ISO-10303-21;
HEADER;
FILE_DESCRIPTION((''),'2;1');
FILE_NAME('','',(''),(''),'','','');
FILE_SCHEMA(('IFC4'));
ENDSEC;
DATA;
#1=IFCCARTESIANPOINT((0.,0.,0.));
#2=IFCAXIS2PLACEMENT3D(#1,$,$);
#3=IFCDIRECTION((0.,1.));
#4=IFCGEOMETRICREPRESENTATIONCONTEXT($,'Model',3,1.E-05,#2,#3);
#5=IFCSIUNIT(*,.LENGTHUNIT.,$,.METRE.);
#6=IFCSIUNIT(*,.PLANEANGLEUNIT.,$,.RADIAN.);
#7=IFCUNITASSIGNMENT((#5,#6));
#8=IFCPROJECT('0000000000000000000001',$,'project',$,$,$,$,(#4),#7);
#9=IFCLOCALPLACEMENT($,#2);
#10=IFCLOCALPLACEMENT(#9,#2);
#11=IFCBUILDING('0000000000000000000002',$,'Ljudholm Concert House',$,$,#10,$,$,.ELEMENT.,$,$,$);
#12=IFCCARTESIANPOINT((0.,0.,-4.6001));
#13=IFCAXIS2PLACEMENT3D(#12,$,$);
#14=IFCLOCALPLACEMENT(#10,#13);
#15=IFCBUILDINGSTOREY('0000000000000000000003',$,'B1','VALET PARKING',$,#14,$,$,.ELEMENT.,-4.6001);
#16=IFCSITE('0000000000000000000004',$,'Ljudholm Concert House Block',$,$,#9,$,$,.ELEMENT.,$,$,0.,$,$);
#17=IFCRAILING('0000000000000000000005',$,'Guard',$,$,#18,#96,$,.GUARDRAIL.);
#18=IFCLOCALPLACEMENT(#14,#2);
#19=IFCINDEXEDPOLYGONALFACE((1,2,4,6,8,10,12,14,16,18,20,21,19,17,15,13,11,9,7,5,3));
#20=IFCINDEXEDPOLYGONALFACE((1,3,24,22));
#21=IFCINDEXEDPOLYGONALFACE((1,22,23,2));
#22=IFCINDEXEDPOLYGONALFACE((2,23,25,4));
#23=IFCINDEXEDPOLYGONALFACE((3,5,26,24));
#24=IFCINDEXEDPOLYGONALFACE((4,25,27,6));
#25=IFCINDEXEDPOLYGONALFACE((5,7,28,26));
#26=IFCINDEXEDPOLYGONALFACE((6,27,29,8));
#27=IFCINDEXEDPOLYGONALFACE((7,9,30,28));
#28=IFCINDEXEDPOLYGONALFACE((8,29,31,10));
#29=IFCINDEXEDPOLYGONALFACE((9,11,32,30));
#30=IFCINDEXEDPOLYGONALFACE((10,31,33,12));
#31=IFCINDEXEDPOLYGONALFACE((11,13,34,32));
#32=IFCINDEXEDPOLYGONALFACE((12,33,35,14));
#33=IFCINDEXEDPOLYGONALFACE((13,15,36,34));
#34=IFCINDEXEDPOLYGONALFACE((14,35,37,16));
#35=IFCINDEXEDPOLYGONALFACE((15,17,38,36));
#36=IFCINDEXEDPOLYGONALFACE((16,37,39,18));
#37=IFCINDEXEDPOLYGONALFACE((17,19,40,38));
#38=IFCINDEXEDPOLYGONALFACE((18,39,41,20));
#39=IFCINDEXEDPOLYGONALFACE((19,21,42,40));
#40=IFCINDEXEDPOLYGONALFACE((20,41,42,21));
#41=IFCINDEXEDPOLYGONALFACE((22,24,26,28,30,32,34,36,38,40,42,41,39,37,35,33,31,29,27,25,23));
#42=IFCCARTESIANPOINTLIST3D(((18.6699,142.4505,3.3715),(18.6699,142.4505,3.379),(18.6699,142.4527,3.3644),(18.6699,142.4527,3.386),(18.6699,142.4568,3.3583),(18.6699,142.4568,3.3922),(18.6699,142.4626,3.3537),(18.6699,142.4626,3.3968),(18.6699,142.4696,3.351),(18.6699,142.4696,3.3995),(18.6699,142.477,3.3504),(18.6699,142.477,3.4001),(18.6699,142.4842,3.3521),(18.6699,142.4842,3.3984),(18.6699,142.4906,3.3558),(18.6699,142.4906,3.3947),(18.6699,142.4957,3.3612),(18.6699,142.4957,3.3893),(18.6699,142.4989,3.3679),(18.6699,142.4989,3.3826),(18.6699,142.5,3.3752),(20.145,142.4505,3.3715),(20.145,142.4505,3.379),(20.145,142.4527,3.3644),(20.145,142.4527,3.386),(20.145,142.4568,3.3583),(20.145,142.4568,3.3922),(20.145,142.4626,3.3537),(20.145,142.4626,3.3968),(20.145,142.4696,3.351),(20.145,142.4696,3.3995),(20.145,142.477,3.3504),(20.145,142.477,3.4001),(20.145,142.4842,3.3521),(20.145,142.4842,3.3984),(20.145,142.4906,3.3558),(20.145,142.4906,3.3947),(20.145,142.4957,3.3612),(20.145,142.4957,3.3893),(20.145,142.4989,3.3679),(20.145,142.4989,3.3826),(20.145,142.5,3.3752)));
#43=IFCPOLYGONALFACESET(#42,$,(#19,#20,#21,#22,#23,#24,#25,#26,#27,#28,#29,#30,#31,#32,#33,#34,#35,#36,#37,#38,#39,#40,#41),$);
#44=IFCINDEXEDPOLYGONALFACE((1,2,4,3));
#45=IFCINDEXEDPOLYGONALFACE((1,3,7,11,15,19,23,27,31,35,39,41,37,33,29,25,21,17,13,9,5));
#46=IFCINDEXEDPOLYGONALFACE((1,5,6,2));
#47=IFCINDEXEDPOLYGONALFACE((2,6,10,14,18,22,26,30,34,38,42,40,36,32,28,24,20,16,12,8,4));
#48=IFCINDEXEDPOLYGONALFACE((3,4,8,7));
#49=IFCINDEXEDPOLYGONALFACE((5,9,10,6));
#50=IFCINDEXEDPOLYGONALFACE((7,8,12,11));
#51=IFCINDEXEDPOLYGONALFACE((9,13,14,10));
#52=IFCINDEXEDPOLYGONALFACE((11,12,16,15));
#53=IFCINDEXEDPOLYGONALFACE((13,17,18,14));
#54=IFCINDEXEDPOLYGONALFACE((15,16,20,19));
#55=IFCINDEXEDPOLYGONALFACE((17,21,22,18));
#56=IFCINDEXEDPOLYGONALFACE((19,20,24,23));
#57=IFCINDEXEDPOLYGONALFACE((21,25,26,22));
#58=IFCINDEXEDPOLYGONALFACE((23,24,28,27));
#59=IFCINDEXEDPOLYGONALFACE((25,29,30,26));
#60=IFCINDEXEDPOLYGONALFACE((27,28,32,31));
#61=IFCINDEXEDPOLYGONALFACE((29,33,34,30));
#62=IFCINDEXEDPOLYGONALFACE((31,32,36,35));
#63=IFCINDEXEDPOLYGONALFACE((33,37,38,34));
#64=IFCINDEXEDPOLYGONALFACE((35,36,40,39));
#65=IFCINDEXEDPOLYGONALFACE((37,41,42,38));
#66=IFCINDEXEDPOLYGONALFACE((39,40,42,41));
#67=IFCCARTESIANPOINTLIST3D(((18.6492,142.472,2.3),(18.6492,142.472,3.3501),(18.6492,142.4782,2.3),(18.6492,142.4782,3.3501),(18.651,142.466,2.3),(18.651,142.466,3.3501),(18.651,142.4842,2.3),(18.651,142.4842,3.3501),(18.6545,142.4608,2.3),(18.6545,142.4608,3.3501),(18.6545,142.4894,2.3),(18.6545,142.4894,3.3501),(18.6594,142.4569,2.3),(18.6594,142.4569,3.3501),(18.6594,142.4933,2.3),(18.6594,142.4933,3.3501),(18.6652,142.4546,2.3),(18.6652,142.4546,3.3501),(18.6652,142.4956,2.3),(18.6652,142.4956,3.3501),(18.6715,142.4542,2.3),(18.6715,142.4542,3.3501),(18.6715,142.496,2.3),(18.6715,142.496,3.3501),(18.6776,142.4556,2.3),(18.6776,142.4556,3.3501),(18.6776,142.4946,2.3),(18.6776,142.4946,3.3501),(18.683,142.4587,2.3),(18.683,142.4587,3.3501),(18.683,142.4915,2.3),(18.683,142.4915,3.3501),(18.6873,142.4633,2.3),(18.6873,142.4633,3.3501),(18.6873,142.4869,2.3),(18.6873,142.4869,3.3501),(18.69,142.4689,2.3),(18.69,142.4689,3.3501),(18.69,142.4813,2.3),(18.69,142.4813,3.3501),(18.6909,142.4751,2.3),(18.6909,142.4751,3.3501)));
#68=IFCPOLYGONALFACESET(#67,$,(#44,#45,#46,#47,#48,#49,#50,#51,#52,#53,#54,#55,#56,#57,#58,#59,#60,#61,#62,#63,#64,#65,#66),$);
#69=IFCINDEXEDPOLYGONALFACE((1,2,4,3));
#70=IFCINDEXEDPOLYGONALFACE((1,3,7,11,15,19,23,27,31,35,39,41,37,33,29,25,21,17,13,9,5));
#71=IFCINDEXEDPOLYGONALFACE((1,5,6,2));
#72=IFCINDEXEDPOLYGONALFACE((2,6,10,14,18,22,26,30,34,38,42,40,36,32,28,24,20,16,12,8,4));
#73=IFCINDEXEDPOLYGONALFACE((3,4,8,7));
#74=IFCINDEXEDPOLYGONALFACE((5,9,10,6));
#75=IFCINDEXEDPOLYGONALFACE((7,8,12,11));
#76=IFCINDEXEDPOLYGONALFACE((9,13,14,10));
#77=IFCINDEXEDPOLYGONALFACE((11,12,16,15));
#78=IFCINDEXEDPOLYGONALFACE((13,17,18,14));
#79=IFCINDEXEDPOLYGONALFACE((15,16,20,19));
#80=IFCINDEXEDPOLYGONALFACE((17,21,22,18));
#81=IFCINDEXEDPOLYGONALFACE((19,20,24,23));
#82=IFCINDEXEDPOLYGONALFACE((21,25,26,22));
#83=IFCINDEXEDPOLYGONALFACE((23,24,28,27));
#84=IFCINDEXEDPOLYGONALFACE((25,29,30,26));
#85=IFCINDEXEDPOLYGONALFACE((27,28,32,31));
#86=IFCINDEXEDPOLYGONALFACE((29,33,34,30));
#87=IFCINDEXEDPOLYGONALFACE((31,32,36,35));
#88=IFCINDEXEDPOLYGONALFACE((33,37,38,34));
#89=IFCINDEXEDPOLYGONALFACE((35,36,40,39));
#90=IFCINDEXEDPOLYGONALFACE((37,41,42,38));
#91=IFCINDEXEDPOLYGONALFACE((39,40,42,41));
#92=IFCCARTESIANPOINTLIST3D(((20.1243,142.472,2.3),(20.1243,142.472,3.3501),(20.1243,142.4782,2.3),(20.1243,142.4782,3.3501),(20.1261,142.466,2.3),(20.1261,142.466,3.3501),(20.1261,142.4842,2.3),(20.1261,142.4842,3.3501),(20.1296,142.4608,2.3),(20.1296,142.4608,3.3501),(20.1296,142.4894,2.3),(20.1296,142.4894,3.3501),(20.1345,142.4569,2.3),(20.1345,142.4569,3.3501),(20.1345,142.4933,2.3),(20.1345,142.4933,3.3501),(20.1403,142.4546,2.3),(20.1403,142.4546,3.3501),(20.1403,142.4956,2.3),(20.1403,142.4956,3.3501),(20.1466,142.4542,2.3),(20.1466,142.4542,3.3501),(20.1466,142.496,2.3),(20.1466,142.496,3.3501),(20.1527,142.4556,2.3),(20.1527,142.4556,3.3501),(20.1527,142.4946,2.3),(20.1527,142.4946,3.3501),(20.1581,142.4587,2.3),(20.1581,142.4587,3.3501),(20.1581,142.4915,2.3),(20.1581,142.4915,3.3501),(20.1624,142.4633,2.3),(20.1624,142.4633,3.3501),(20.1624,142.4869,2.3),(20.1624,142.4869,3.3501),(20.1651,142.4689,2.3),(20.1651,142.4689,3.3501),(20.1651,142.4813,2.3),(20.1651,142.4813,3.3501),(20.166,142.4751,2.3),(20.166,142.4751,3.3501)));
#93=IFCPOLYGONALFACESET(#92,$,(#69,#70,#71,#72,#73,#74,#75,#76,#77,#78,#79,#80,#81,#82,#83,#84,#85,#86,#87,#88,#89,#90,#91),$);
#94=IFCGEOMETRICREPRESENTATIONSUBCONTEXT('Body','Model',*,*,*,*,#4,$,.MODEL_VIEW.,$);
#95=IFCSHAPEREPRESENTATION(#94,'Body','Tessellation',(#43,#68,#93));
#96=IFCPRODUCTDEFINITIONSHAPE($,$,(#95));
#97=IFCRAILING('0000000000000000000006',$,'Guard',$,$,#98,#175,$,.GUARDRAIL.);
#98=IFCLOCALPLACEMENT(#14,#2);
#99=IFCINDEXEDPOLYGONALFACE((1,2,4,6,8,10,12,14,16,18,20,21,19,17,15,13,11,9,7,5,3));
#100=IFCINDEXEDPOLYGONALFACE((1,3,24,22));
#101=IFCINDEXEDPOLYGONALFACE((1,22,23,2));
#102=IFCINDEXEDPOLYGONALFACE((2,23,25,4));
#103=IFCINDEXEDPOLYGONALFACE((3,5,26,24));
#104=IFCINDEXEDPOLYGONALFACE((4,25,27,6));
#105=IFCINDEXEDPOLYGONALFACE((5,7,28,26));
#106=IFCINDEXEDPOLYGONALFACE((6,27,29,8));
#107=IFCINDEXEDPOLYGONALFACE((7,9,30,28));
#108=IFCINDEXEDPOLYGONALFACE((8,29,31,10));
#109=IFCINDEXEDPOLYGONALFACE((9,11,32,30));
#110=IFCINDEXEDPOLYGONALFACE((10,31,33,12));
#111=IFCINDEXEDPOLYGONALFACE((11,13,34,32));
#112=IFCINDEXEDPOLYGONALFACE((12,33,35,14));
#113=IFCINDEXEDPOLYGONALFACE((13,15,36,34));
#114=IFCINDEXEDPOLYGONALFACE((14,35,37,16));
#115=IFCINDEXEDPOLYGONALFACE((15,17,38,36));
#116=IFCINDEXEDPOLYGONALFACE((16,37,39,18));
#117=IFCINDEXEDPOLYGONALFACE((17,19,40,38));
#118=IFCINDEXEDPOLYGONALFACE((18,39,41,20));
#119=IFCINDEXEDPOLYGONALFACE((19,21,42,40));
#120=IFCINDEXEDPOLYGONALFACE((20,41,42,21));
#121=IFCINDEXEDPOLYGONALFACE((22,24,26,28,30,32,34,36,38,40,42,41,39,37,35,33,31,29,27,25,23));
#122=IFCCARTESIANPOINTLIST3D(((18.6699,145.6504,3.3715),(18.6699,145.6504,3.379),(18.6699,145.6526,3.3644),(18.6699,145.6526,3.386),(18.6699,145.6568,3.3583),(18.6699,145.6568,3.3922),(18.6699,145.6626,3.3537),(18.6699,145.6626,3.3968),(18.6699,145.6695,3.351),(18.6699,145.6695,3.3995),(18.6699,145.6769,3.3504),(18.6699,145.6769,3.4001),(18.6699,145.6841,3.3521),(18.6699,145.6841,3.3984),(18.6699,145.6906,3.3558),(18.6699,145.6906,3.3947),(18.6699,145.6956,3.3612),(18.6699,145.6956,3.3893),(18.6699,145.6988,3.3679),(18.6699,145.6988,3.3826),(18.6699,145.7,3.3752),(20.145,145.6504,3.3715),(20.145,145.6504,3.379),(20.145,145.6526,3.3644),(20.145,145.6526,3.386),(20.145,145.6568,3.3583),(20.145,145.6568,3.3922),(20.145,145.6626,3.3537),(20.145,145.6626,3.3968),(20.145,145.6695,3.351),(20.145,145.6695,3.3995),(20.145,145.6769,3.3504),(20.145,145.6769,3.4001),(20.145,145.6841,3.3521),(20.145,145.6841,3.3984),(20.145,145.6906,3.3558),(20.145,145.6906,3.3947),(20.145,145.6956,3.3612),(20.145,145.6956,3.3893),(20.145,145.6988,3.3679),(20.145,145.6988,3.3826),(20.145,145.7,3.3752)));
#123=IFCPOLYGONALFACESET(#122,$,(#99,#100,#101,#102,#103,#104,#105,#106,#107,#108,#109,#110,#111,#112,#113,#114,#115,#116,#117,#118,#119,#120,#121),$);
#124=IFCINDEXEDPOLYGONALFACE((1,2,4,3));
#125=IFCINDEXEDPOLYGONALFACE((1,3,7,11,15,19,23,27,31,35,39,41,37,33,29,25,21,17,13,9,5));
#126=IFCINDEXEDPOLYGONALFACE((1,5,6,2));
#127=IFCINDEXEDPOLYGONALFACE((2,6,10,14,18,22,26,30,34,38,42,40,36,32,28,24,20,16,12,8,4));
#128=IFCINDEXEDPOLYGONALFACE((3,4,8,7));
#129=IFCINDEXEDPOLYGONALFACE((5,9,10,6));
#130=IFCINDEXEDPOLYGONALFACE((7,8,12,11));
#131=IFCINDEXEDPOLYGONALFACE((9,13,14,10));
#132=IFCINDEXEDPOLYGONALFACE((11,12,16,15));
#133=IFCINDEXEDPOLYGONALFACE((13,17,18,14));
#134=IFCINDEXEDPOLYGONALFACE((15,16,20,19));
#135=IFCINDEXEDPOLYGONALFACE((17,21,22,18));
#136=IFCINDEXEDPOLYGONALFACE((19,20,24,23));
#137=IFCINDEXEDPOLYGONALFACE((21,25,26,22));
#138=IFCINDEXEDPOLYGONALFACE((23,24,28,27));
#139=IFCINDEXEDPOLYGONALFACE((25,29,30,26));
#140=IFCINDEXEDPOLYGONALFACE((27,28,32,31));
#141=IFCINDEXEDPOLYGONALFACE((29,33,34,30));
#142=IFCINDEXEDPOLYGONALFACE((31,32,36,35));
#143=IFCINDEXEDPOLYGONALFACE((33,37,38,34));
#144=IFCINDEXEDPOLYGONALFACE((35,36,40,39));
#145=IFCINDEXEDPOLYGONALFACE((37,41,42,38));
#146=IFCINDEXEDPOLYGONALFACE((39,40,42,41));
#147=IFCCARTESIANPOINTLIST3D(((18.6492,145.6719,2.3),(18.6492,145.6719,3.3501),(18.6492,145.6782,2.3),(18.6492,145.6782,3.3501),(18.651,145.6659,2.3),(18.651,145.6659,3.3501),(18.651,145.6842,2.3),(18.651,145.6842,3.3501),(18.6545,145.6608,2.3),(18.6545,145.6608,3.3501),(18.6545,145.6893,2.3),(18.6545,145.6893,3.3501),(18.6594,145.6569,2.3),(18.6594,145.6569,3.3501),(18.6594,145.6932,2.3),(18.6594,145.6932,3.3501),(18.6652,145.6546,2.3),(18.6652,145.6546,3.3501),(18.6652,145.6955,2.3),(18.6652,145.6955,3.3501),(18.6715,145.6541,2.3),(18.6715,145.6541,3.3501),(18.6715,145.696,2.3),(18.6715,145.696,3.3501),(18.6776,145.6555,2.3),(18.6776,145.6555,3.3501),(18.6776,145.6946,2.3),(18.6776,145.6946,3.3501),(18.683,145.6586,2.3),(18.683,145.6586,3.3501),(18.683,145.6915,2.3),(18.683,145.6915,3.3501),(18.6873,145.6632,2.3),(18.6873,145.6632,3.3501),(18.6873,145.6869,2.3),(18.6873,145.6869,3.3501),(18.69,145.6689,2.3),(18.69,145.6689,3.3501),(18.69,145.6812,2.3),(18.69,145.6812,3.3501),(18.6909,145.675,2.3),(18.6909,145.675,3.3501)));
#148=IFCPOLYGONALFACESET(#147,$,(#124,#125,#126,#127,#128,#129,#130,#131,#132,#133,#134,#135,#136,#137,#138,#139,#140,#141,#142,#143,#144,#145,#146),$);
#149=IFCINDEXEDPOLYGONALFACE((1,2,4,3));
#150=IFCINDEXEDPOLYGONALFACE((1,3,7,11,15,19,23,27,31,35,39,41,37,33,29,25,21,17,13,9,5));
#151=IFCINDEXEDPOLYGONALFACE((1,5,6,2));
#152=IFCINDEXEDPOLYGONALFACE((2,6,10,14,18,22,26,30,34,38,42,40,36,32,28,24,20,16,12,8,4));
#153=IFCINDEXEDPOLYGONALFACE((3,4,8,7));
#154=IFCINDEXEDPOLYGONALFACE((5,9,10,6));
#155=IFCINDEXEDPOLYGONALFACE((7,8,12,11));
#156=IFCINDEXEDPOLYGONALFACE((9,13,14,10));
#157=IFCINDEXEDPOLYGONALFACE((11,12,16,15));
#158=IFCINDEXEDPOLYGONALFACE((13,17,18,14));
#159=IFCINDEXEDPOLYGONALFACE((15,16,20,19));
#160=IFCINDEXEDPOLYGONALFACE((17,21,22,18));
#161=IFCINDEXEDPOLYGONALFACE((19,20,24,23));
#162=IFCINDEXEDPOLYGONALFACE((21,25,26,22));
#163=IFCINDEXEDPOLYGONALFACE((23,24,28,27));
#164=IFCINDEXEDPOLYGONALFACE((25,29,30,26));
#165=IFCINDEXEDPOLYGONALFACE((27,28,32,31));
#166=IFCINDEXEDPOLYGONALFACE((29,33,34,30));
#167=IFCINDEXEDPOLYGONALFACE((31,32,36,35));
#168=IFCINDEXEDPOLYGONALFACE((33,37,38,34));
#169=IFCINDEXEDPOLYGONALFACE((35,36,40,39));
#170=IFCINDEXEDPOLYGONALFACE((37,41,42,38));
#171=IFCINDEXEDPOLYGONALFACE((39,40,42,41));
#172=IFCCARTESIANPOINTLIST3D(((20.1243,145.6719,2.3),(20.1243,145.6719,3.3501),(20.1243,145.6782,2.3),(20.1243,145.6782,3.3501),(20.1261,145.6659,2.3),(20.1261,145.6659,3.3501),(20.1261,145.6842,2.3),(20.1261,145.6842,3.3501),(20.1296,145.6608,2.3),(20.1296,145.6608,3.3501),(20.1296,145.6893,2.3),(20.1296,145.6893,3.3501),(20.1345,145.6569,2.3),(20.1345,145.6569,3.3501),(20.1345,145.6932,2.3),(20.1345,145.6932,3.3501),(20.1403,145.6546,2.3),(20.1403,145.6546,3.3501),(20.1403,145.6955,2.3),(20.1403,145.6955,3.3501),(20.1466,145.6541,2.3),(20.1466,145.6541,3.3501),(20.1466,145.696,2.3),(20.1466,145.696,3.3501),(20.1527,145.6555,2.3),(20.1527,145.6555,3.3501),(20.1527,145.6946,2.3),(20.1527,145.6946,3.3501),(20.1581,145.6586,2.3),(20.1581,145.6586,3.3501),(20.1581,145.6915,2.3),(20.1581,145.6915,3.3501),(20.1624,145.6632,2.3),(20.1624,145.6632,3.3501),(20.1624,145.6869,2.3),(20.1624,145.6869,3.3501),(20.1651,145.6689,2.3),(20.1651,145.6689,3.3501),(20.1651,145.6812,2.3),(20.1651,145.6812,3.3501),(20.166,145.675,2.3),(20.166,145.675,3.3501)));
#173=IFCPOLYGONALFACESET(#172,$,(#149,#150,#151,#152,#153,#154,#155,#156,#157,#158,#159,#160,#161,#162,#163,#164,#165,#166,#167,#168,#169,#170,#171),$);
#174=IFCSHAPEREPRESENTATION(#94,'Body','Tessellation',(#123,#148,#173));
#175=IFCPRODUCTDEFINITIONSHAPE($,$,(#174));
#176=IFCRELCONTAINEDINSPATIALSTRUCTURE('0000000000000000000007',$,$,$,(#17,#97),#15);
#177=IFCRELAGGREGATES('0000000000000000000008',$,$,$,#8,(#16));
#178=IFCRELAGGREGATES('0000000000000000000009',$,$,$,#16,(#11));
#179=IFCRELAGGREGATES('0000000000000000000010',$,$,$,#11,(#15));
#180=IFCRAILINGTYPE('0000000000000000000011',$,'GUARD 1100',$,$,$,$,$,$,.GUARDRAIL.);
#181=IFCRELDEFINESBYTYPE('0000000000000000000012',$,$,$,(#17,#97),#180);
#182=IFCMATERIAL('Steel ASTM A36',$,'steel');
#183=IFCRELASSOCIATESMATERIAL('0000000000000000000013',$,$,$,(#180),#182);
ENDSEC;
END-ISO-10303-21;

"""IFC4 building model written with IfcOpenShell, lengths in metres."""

from ifc_helpers import new_model, si_unit, direction, frame, origin, origin_2d, place, context, subcontext, project, spatial, circle, extrude, material, type_object, element, save


model = new_model("IFC4")

# Units and contexts
model_context = context("Model", 3, precision=1e-05, world=origin(), true_north=direction((0.0, 1.0)))
body_context = subcontext(model_context, "Body", "Model", "MODEL_VIEW")
ifc_project = project(units=[si_unit("LENGTHUNIT", "METRE"), si_unit("PLANEANGLEUNIT", "RADIAN")], contexts=[model_context])

# Site, building, storey
site_placement = place(None, origin())
site = spatial("IfcSite", under=ifc_project, at=site_placement, Name="Ljudholm Concert House Block", CompositionType="ELEMENT", RefElevation=0.0)
building_placement = place(site_placement, origin())
building = spatial("IfcBuilding", under=site, at=building_placement, Name="Ljudholm Concert House", CompositionType="ELEMENT")
storey_placement = place(building_placement, frame((0.0, 0.0, -4.6001)))
storey = spatial("IfcBuildingStorey", under=building, at=storey_placement, Name="B1", Description="VALET PARKING", CompositionType="ELEMENT", Elevation=-4.6001)

# Railings
ifc_material_1 = material(Name="Steel ASTM A36", Category="steel")
railing_type_1 = type_object("IfcRailingType", Name="GUARD 1100", PredefinedType="GUARDRAIL", material=ifc_material_1)
for number, where, name in (
    (1, (18.6699, 142.4751, 2.3), "Guard"),
    (2, (18.6699, 145.675, 2.3), "Guard"),
):
    element("IfcRailing", number, at=place(storey_placement, frame(where)), inside=storey, type_object=railing_type_1, Name=name, PredefinedType="GUARDRAIL", context=body_context, shape_type="SweptSolid", body=[
        extrude(circle(Radius=0.0249, at=origin_2d()), frame((0.0, 0.0, 1.0752), z_axis=(1.0, 0.0, 0.0), x_axis=(0.0, 1.0, 0.0)), (0.0, 0.0, 1.0), 1.4751),
        extrude(circle(Radius=0.021, at=origin_2d()), origin(), (0.0, 0.0, 1.0), 1.05),
        extrude(circle(Radius=0.021, at=origin_2d()), frame((1.4751, 0.0, 0.0)), (0.0, 0.0, 1.0), 1.05),
    ])

save(model, "model.ifc")
